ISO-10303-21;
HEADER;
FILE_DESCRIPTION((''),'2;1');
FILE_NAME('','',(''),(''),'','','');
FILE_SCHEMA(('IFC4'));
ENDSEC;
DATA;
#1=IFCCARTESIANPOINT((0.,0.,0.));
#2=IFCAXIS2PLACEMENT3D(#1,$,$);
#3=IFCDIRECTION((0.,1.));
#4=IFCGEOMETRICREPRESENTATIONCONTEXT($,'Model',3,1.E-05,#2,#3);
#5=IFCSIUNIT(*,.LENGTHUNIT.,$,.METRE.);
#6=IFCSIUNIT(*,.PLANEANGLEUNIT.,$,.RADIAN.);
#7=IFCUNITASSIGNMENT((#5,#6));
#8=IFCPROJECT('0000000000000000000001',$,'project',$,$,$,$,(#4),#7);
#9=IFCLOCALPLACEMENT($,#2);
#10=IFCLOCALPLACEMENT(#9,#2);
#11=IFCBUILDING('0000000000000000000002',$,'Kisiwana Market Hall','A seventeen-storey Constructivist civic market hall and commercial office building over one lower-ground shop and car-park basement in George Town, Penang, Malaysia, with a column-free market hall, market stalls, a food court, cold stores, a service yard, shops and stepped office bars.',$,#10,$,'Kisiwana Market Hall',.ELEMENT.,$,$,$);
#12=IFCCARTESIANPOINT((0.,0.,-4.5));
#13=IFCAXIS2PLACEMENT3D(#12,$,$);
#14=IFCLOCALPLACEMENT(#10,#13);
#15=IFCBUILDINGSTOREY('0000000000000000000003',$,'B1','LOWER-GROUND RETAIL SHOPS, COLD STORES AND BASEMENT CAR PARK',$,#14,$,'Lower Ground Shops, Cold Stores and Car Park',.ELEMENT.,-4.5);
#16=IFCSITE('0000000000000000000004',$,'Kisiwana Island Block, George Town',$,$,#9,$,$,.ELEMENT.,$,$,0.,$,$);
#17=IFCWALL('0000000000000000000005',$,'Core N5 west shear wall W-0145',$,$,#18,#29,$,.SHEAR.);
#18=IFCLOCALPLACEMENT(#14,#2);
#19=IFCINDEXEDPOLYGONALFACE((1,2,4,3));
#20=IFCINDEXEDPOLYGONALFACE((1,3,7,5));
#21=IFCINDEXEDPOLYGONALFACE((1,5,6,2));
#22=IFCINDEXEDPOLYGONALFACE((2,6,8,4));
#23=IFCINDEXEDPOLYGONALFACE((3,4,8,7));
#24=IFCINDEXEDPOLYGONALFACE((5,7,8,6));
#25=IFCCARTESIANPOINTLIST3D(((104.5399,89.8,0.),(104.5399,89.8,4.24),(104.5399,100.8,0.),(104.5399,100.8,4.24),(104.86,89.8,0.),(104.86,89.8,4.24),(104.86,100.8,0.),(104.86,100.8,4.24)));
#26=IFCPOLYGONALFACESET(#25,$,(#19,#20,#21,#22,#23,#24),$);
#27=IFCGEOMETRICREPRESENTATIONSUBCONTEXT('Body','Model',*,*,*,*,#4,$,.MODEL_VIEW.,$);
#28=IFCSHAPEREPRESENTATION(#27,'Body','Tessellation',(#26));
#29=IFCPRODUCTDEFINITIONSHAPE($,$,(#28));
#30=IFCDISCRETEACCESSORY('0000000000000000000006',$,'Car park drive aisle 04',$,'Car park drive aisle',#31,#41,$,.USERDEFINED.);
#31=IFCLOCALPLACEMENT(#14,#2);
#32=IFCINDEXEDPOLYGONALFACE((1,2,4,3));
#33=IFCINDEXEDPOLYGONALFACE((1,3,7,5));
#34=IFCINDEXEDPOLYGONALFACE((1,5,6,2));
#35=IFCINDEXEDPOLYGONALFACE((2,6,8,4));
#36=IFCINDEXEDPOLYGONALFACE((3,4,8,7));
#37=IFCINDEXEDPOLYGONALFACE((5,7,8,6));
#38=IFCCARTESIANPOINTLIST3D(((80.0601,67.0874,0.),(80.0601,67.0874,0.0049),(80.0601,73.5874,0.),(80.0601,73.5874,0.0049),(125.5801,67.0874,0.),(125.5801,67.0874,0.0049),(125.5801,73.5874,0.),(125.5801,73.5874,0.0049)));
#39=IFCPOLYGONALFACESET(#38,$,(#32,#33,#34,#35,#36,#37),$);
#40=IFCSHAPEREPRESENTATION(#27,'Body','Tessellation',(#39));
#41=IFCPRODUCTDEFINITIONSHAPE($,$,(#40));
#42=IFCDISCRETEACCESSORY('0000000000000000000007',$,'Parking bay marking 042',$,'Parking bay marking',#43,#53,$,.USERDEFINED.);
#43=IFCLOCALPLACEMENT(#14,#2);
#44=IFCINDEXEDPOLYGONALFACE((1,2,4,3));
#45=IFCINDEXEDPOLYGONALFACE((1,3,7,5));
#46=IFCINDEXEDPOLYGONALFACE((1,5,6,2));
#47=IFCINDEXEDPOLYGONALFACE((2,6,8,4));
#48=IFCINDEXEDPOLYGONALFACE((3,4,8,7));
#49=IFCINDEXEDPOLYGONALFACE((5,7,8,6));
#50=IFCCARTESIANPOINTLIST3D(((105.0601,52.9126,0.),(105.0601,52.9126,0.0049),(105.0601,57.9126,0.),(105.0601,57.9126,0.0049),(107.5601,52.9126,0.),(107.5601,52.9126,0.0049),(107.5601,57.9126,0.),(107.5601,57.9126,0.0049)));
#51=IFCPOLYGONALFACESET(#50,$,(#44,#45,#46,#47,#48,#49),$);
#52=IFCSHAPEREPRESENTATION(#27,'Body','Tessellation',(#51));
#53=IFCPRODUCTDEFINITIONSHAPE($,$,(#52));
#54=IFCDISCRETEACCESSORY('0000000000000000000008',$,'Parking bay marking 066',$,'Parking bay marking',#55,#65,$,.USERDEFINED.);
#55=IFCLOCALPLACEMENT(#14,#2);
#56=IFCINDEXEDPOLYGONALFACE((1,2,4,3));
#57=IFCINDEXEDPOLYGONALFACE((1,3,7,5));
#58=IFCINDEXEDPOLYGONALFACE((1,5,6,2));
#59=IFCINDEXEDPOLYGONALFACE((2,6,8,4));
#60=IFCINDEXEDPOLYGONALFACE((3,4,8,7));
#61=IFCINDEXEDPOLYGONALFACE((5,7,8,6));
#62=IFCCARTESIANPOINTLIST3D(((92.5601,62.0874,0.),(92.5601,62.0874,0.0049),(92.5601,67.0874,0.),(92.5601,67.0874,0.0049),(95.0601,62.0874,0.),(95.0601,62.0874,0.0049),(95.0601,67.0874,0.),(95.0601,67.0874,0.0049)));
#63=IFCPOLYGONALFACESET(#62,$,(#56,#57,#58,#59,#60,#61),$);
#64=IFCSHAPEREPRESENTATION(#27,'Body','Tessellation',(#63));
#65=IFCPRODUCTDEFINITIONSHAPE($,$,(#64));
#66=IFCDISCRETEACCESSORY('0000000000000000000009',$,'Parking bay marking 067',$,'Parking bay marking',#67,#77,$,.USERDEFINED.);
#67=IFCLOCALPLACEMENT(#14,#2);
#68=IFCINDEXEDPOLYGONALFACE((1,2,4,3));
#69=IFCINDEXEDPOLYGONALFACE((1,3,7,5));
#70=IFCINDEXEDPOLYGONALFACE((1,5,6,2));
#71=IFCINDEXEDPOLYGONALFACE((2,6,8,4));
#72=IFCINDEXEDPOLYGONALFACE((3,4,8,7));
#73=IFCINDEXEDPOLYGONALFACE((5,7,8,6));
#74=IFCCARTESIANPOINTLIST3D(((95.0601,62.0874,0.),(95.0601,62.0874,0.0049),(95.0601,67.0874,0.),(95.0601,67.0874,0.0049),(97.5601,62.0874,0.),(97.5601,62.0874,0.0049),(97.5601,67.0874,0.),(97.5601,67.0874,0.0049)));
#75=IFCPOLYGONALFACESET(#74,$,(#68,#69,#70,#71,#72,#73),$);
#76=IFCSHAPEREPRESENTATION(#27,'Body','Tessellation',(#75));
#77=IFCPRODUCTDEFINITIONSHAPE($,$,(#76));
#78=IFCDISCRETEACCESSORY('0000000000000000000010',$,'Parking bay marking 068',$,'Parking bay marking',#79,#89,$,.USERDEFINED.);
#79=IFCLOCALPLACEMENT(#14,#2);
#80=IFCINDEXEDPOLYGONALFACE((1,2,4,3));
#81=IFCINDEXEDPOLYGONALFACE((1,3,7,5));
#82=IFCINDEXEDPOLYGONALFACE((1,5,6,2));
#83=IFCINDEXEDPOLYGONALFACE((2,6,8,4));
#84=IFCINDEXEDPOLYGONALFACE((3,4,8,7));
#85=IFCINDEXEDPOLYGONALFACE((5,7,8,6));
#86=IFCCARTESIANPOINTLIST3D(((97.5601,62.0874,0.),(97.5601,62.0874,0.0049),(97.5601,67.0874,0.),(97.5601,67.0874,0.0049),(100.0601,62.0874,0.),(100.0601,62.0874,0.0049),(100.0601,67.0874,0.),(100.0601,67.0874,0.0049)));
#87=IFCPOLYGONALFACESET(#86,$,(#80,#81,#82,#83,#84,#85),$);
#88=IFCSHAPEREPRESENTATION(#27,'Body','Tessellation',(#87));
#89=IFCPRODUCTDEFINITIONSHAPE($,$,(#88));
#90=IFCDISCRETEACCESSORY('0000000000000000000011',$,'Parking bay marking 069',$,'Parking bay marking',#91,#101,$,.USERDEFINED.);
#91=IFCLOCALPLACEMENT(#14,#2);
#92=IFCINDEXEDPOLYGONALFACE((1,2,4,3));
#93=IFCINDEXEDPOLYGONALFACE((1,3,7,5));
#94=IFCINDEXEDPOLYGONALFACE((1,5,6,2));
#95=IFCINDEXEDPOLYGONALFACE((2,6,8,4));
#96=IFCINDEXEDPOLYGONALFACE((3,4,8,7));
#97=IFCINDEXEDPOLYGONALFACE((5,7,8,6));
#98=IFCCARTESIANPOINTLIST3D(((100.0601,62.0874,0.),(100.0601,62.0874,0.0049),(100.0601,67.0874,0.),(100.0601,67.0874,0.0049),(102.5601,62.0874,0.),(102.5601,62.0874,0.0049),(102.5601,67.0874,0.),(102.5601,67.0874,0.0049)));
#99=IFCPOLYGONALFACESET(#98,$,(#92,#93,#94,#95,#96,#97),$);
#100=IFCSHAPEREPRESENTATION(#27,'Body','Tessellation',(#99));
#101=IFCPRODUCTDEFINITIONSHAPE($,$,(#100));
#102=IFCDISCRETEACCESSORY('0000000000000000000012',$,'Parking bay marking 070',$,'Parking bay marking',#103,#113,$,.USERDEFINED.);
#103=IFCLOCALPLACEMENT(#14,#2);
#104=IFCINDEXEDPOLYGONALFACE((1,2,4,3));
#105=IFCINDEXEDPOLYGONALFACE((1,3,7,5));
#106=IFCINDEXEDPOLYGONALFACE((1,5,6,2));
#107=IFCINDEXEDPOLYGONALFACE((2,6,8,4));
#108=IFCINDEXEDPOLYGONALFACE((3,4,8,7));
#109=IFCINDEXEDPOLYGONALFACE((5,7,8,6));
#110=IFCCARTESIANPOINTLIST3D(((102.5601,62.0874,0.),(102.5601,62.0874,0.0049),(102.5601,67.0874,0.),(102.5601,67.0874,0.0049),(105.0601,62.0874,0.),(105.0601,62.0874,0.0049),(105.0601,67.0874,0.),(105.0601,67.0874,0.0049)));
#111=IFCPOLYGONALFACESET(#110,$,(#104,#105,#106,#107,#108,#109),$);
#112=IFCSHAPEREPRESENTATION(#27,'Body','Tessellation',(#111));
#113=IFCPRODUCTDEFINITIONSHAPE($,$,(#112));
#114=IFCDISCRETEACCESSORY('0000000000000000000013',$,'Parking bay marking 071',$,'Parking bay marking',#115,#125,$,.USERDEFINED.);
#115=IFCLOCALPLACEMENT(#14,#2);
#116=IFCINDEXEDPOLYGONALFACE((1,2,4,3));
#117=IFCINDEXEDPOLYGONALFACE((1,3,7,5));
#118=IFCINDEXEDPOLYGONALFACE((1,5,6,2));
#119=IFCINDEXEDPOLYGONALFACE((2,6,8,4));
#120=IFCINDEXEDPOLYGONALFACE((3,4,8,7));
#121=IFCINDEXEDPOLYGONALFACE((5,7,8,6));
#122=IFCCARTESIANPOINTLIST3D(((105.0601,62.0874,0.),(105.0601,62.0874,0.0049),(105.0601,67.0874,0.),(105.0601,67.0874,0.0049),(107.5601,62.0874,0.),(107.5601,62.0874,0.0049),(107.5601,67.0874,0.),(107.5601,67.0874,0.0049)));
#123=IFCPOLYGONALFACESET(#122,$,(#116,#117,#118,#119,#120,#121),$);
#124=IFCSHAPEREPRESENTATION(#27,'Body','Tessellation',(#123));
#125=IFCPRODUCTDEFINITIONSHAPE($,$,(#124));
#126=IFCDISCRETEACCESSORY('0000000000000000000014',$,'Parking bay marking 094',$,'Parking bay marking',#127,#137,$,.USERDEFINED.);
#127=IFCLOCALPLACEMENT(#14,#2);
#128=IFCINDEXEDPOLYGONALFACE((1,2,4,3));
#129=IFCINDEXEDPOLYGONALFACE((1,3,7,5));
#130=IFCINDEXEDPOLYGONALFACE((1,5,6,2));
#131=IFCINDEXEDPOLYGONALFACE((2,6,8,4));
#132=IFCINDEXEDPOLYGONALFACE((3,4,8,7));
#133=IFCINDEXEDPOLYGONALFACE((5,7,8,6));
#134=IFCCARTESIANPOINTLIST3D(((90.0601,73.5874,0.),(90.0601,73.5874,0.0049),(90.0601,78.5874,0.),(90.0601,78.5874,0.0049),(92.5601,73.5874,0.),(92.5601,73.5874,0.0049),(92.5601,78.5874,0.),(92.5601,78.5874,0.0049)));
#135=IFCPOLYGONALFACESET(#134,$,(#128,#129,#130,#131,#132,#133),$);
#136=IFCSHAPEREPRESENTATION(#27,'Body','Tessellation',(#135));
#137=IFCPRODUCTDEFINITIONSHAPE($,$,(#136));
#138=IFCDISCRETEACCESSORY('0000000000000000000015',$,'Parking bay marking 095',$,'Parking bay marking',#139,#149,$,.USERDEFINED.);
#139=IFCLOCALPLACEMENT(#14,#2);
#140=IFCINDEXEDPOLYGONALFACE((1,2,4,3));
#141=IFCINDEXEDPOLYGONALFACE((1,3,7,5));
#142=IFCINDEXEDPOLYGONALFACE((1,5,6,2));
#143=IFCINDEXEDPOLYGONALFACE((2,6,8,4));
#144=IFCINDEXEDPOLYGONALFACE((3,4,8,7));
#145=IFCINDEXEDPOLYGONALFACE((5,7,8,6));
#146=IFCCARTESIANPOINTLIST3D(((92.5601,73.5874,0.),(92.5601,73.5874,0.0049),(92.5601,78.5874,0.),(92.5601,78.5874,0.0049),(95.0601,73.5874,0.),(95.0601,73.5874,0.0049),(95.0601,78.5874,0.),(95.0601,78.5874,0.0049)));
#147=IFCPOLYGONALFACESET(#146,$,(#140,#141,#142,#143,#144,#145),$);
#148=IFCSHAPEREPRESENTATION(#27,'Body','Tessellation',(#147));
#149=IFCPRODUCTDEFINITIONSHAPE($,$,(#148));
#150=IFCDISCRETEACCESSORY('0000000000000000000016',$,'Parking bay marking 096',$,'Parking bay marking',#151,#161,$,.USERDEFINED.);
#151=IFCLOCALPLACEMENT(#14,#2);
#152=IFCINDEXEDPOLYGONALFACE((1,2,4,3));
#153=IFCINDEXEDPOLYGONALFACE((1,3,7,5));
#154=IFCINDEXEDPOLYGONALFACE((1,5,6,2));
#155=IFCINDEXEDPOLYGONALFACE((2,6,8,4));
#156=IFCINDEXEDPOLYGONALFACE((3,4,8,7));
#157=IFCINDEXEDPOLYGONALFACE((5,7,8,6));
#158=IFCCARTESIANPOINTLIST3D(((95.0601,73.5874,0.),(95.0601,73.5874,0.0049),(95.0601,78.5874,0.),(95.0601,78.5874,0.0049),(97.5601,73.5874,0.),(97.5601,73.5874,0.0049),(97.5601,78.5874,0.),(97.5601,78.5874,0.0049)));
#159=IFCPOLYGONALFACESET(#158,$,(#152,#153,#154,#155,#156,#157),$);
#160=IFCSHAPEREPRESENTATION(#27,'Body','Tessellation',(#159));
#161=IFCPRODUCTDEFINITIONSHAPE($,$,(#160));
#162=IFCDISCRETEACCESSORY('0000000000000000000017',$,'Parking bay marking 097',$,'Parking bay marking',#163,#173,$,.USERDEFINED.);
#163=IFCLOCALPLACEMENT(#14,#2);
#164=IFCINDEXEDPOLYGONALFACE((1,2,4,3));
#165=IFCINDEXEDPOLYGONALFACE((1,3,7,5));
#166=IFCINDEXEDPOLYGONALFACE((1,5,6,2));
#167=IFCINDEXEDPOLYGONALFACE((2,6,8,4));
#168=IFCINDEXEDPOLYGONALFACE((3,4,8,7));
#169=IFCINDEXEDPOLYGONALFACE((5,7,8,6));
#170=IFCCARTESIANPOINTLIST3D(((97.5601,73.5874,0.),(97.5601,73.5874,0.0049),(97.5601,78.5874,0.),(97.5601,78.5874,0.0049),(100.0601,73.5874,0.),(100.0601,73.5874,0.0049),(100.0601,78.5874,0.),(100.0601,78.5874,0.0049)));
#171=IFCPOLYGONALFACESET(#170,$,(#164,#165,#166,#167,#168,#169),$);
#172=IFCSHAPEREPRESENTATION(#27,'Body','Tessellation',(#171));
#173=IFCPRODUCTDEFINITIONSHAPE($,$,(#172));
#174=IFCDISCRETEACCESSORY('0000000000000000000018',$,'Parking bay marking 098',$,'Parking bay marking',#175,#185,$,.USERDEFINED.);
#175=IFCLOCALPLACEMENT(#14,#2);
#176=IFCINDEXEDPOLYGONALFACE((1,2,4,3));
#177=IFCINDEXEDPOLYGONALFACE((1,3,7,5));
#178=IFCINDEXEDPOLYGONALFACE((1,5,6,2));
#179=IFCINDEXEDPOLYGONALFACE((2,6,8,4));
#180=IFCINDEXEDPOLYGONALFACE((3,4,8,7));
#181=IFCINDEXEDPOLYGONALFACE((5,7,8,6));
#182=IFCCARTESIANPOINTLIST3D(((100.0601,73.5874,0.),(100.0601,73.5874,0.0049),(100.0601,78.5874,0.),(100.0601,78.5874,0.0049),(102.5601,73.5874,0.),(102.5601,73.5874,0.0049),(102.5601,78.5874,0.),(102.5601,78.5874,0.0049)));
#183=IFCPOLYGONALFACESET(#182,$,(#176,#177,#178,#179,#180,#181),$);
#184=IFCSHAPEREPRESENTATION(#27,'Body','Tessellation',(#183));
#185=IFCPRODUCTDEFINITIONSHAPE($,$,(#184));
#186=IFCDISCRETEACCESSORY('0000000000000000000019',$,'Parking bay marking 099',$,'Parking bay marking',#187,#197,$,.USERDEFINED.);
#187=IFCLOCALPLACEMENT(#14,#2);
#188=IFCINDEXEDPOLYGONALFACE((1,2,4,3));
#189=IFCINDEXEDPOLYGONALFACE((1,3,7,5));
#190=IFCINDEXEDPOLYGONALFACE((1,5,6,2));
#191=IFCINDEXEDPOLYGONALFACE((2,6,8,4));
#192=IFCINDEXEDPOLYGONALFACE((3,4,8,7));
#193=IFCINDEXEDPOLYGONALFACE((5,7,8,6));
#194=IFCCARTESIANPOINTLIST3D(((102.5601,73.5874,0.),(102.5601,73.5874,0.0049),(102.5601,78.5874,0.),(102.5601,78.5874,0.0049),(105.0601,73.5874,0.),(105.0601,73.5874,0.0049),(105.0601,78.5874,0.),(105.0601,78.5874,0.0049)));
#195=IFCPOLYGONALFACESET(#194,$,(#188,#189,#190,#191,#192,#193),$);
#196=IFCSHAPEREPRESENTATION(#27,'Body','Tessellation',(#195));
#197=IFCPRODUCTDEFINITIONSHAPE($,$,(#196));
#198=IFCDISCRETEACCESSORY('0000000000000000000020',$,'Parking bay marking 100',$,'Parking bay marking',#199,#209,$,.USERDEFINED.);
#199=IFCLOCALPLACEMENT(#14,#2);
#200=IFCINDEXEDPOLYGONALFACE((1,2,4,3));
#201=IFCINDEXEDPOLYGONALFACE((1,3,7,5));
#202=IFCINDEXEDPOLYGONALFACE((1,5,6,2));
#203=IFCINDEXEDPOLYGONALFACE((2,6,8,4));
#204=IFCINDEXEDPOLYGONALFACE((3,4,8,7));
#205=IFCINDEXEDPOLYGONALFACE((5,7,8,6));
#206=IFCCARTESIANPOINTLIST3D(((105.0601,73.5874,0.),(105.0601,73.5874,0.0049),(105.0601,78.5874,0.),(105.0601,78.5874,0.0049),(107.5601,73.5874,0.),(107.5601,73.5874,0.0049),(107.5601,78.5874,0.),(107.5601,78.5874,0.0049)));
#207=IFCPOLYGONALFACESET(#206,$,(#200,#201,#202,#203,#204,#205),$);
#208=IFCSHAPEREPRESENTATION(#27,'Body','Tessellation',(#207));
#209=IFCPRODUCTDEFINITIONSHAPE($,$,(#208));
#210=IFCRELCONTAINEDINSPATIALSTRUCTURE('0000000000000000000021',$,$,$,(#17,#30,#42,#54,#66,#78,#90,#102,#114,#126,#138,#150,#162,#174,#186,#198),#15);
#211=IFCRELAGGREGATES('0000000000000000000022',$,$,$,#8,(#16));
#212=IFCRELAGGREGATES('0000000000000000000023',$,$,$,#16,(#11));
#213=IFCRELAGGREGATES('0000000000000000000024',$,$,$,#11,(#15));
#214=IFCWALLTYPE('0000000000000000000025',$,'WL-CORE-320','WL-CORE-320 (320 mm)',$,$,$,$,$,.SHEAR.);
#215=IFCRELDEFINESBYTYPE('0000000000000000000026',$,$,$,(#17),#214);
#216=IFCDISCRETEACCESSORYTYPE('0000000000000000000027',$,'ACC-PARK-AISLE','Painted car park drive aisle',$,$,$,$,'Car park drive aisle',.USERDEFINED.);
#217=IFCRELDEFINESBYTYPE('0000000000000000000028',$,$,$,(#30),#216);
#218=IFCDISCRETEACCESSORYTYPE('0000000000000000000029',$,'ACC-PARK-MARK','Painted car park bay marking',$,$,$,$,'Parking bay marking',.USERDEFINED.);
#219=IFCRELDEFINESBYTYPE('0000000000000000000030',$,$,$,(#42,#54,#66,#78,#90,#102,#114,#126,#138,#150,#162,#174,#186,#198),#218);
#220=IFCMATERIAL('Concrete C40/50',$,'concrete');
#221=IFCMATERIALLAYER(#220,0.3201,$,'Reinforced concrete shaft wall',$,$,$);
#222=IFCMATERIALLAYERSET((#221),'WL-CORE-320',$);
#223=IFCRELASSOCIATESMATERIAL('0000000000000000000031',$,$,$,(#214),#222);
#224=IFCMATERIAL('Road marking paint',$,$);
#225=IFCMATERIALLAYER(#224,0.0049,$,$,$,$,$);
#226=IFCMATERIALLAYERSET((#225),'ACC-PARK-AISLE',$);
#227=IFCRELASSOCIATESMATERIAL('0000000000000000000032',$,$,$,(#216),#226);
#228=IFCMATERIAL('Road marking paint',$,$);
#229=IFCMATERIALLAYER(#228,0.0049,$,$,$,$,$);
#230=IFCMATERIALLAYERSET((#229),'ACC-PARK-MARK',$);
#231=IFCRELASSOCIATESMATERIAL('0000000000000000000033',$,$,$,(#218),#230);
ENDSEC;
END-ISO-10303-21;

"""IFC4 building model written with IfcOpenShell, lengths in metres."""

from ifc_helpers import new_model, si_unit, direction, frame, frame_2d, origin, origin_2d, place, context, subcontext, project, spatial, rectangle, extrude, material, layer, layer_set, type_object, element, save


model = new_model("IFC4")

# Units and contexts
model_context = context("Model", 3, precision=1e-05, world=origin(), true_north=direction((0.0, 1.0)))
body_context = subcontext(model_context, "Body", "Model", "MODEL_VIEW")
ifc_project = project(units=[si_unit("LENGTHUNIT", "METRE"), si_unit("PLANEANGLEUNIT", "RADIAN")], contexts=[model_context])

# Site, building, storey
site_placement = place(None, origin())
site = spatial("IfcSite", under=ifc_project, at=site_placement, Name="Kisiwana Island Block, George Town", CompositionType="ELEMENT", RefElevation=0.0)
building_placement = place(site_placement, origin())
building = spatial("IfcBuilding", under=site, at=building_placement, Name="Kisiwana Market Hall", Description="A seventeen-storey Constructivist civic market hall and commercial office building over one lower-ground shop and car-park basement in George Town, Penang, Malaysia, with a column-free market hall, market stalls, a food court, cold stores, a service yard, shops and stepped office bars.", LongName="Kisiwana Market Hall", CompositionType="ELEMENT")
storey_placement = place(building_placement, frame((0.0, 0.0, -4.5)))
storey = spatial("IfcBuildingStorey", under=building, at=storey_placement, Name="B1", Description="LOWER-GROUND RETAIL SHOPS, COLD STORES AND BASEMENT CAR PARK", LongName="Lower Ground Shops, Cold Stores and Car Park", CompositionType="ELEMENT", Elevation=-4.5)

# Shared definitions
ifc_material_1 = material(Name="Concrete C40/50", Category="concrete")
ifc_layer_1 = layer(ifc_material_1, 0.3201, Name="Reinforced concrete shaft wall")
ifc_layer_set_1 = layer_set([ifc_layer_1], Name="WL-CORE-320")
wall_type = type_object("IfcWallType", Name="WL-CORE-320", Description="WL-CORE-320 (320 mm)", PredefinedType="SHEAR", material=ifc_layer_set_1)

# Wall
wall_1_placement = place(storey_placement, frame((104.7, 89.8, 0.0), z_axis=(0.0, 0.0, 1.0), x_axis=(0.0, 1.0, 0.0)))
element("IfcWall", 1, at=wall_1_placement, inside=storey, type_object=wall_type, Name="Core N5 west shear wall W-0145", PredefinedType="SHEAR", context=body_context, shape_type="SweptSolid", body=[
    extrude(rectangle(XDim=11.0, YDim=0.3201, at=frame_2d((5.5, 0.0))), origin(), (0.0, 0.0, 1.0), 4.24),
])

# Discrete accessories
ifc_material_2 = material(Name="Road marking paint")
ifc_layer_2 = layer(ifc_material_2, 0.0049)
ifc_layer_set_2 = layer_set([ifc_layer_2], Name="ACC-PARK-AISLE")
discrete_accessory_type_1 = type_object("IfcDiscreteAccessoryType", Name="ACC-PARK-AISLE", Description="Painted car park drive aisle", ElementType="Car park drive aisle", PredefinedType="USERDEFINED", material=ifc_layer_set_2)
discrete_accessory_placement = place(storey_placement, frame((102.8201, 70.3374, 0.0), z_axis=(0.0, 0.0, 1.0), x_axis=(1.0, 0.0, 0.0)))
element("IfcDiscreteAccessory", 2, at=discrete_accessory_placement, inside=storey, type_object=discrete_accessory_type_1, Name="Car park drive aisle 04", ObjectType="Car park drive aisle", PredefinedType="USERDEFINED", context=body_context, shape_type="SweptSolid", body=[
    extrude(rectangle(XDim=45.52, YDim=6.5, at=origin_2d()), origin(), (0.0, 0.0, 1.0), 0.0049),
])
ifc_material_3 = material(Name="Road marking paint")
ifc_layer_3 = layer(ifc_material_3, 0.0049)
ifc_layer_set_3 = layer_set([ifc_layer_3], Name="ACC-PARK-MARK")
discrete_accessory_type_2 = type_object("IfcDiscreteAccessoryType", Name="ACC-PARK-MARK", Description="Painted car park bay marking", ElementType="Parking bay marking", PredefinedType="USERDEFINED", material=ifc_layer_set_3)
for number, where, z_axis, x_axis, name in (
    (3, (106.3101, 55.4126, 0.0), (0.0, 0.0, 1.0), (1.0, 0.0, 0.0), "Parking bay marking 042"),
    (4, (93.8101, 64.5874, 0.0), (0.0, 0.0, 1.0), (1.0, 0.0, 0.0), "Parking bay marking 066"),
    (5, (96.3101, 64.5874, 0.0), (0.0, 0.0, 1.0), (1.0, 0.0, 0.0), "Parking bay marking 067"),
    (6, (98.8101, 64.5874, 0.0), (0.0, 0.0, 1.0), (1.0, 0.0, 0.0), "Parking bay marking 068"),
    (7, (101.3101, 64.5874, 0.0), (0.0, 0.0, 1.0), (1.0, 0.0, 0.0), "Parking bay marking 069"),
    (8, (103.8101, 64.5874, 0.0), (0.0, 0.0, 1.0), (1.0, 0.0, 0.0), "Parking bay marking 070"),
    (9, (106.3101, 64.5874, 0.0), (0.0, 0.0, 1.0), (1.0, 0.0, 0.0), "Parking bay marking 071"),
    (10, (91.3101, 76.0874, 0.0), (0.0, 0.0, 1.0), (1.0, 0.0, 0.0), "Parking bay marking 094"),
    (11, (93.8101, 76.0874, 0.0), (0.0, 0.0, 1.0), (1.0, 0.0, 0.0), "Parking bay marking 095"),
    (12, (96.3101, 76.0874, 0.0), (0.0, 0.0, 1.0), (1.0, 0.0, 0.0), "Parking bay marking 096"),
    (13, (98.8101, 76.0874, 0.0), (0.0, 0.0, 1.0), (1.0, 0.0, 0.0), "Parking bay marking 097"),
    (14, (101.3101, 76.0874, 0.0), (0.0, 0.0, 1.0), (1.0, 0.0, 0.0), "Parking bay marking 098"),
    (15, (103.8101, 76.0874, 0.0), (0.0, 0.0, 1.0), (1.0, 0.0, 0.0), "Parking bay marking 099"),
    (16, (106.3101, 76.0874, 0.0), (0.0, 0.0, 1.0), (1.0, 0.0, 0.0), "Parking bay marking 100"),
):
    element("IfcDiscreteAccessory", number, at=place(storey_placement, frame(where, z_axis=z_axis, x_axis=x_axis)), inside=storey, type_object=discrete_accessory_type_2, Name=name, ObjectType="Parking bay marking", PredefinedType="USERDEFINED", context=body_context, shape_type="SweptSolid", body=[
        extrude(rectangle(XDim=2.5, YDim=5.0, at=origin_2d()), origin(), (0.0, 0.0, 1.0), 0.0049),
    ])

save(model, "model.ifc")
